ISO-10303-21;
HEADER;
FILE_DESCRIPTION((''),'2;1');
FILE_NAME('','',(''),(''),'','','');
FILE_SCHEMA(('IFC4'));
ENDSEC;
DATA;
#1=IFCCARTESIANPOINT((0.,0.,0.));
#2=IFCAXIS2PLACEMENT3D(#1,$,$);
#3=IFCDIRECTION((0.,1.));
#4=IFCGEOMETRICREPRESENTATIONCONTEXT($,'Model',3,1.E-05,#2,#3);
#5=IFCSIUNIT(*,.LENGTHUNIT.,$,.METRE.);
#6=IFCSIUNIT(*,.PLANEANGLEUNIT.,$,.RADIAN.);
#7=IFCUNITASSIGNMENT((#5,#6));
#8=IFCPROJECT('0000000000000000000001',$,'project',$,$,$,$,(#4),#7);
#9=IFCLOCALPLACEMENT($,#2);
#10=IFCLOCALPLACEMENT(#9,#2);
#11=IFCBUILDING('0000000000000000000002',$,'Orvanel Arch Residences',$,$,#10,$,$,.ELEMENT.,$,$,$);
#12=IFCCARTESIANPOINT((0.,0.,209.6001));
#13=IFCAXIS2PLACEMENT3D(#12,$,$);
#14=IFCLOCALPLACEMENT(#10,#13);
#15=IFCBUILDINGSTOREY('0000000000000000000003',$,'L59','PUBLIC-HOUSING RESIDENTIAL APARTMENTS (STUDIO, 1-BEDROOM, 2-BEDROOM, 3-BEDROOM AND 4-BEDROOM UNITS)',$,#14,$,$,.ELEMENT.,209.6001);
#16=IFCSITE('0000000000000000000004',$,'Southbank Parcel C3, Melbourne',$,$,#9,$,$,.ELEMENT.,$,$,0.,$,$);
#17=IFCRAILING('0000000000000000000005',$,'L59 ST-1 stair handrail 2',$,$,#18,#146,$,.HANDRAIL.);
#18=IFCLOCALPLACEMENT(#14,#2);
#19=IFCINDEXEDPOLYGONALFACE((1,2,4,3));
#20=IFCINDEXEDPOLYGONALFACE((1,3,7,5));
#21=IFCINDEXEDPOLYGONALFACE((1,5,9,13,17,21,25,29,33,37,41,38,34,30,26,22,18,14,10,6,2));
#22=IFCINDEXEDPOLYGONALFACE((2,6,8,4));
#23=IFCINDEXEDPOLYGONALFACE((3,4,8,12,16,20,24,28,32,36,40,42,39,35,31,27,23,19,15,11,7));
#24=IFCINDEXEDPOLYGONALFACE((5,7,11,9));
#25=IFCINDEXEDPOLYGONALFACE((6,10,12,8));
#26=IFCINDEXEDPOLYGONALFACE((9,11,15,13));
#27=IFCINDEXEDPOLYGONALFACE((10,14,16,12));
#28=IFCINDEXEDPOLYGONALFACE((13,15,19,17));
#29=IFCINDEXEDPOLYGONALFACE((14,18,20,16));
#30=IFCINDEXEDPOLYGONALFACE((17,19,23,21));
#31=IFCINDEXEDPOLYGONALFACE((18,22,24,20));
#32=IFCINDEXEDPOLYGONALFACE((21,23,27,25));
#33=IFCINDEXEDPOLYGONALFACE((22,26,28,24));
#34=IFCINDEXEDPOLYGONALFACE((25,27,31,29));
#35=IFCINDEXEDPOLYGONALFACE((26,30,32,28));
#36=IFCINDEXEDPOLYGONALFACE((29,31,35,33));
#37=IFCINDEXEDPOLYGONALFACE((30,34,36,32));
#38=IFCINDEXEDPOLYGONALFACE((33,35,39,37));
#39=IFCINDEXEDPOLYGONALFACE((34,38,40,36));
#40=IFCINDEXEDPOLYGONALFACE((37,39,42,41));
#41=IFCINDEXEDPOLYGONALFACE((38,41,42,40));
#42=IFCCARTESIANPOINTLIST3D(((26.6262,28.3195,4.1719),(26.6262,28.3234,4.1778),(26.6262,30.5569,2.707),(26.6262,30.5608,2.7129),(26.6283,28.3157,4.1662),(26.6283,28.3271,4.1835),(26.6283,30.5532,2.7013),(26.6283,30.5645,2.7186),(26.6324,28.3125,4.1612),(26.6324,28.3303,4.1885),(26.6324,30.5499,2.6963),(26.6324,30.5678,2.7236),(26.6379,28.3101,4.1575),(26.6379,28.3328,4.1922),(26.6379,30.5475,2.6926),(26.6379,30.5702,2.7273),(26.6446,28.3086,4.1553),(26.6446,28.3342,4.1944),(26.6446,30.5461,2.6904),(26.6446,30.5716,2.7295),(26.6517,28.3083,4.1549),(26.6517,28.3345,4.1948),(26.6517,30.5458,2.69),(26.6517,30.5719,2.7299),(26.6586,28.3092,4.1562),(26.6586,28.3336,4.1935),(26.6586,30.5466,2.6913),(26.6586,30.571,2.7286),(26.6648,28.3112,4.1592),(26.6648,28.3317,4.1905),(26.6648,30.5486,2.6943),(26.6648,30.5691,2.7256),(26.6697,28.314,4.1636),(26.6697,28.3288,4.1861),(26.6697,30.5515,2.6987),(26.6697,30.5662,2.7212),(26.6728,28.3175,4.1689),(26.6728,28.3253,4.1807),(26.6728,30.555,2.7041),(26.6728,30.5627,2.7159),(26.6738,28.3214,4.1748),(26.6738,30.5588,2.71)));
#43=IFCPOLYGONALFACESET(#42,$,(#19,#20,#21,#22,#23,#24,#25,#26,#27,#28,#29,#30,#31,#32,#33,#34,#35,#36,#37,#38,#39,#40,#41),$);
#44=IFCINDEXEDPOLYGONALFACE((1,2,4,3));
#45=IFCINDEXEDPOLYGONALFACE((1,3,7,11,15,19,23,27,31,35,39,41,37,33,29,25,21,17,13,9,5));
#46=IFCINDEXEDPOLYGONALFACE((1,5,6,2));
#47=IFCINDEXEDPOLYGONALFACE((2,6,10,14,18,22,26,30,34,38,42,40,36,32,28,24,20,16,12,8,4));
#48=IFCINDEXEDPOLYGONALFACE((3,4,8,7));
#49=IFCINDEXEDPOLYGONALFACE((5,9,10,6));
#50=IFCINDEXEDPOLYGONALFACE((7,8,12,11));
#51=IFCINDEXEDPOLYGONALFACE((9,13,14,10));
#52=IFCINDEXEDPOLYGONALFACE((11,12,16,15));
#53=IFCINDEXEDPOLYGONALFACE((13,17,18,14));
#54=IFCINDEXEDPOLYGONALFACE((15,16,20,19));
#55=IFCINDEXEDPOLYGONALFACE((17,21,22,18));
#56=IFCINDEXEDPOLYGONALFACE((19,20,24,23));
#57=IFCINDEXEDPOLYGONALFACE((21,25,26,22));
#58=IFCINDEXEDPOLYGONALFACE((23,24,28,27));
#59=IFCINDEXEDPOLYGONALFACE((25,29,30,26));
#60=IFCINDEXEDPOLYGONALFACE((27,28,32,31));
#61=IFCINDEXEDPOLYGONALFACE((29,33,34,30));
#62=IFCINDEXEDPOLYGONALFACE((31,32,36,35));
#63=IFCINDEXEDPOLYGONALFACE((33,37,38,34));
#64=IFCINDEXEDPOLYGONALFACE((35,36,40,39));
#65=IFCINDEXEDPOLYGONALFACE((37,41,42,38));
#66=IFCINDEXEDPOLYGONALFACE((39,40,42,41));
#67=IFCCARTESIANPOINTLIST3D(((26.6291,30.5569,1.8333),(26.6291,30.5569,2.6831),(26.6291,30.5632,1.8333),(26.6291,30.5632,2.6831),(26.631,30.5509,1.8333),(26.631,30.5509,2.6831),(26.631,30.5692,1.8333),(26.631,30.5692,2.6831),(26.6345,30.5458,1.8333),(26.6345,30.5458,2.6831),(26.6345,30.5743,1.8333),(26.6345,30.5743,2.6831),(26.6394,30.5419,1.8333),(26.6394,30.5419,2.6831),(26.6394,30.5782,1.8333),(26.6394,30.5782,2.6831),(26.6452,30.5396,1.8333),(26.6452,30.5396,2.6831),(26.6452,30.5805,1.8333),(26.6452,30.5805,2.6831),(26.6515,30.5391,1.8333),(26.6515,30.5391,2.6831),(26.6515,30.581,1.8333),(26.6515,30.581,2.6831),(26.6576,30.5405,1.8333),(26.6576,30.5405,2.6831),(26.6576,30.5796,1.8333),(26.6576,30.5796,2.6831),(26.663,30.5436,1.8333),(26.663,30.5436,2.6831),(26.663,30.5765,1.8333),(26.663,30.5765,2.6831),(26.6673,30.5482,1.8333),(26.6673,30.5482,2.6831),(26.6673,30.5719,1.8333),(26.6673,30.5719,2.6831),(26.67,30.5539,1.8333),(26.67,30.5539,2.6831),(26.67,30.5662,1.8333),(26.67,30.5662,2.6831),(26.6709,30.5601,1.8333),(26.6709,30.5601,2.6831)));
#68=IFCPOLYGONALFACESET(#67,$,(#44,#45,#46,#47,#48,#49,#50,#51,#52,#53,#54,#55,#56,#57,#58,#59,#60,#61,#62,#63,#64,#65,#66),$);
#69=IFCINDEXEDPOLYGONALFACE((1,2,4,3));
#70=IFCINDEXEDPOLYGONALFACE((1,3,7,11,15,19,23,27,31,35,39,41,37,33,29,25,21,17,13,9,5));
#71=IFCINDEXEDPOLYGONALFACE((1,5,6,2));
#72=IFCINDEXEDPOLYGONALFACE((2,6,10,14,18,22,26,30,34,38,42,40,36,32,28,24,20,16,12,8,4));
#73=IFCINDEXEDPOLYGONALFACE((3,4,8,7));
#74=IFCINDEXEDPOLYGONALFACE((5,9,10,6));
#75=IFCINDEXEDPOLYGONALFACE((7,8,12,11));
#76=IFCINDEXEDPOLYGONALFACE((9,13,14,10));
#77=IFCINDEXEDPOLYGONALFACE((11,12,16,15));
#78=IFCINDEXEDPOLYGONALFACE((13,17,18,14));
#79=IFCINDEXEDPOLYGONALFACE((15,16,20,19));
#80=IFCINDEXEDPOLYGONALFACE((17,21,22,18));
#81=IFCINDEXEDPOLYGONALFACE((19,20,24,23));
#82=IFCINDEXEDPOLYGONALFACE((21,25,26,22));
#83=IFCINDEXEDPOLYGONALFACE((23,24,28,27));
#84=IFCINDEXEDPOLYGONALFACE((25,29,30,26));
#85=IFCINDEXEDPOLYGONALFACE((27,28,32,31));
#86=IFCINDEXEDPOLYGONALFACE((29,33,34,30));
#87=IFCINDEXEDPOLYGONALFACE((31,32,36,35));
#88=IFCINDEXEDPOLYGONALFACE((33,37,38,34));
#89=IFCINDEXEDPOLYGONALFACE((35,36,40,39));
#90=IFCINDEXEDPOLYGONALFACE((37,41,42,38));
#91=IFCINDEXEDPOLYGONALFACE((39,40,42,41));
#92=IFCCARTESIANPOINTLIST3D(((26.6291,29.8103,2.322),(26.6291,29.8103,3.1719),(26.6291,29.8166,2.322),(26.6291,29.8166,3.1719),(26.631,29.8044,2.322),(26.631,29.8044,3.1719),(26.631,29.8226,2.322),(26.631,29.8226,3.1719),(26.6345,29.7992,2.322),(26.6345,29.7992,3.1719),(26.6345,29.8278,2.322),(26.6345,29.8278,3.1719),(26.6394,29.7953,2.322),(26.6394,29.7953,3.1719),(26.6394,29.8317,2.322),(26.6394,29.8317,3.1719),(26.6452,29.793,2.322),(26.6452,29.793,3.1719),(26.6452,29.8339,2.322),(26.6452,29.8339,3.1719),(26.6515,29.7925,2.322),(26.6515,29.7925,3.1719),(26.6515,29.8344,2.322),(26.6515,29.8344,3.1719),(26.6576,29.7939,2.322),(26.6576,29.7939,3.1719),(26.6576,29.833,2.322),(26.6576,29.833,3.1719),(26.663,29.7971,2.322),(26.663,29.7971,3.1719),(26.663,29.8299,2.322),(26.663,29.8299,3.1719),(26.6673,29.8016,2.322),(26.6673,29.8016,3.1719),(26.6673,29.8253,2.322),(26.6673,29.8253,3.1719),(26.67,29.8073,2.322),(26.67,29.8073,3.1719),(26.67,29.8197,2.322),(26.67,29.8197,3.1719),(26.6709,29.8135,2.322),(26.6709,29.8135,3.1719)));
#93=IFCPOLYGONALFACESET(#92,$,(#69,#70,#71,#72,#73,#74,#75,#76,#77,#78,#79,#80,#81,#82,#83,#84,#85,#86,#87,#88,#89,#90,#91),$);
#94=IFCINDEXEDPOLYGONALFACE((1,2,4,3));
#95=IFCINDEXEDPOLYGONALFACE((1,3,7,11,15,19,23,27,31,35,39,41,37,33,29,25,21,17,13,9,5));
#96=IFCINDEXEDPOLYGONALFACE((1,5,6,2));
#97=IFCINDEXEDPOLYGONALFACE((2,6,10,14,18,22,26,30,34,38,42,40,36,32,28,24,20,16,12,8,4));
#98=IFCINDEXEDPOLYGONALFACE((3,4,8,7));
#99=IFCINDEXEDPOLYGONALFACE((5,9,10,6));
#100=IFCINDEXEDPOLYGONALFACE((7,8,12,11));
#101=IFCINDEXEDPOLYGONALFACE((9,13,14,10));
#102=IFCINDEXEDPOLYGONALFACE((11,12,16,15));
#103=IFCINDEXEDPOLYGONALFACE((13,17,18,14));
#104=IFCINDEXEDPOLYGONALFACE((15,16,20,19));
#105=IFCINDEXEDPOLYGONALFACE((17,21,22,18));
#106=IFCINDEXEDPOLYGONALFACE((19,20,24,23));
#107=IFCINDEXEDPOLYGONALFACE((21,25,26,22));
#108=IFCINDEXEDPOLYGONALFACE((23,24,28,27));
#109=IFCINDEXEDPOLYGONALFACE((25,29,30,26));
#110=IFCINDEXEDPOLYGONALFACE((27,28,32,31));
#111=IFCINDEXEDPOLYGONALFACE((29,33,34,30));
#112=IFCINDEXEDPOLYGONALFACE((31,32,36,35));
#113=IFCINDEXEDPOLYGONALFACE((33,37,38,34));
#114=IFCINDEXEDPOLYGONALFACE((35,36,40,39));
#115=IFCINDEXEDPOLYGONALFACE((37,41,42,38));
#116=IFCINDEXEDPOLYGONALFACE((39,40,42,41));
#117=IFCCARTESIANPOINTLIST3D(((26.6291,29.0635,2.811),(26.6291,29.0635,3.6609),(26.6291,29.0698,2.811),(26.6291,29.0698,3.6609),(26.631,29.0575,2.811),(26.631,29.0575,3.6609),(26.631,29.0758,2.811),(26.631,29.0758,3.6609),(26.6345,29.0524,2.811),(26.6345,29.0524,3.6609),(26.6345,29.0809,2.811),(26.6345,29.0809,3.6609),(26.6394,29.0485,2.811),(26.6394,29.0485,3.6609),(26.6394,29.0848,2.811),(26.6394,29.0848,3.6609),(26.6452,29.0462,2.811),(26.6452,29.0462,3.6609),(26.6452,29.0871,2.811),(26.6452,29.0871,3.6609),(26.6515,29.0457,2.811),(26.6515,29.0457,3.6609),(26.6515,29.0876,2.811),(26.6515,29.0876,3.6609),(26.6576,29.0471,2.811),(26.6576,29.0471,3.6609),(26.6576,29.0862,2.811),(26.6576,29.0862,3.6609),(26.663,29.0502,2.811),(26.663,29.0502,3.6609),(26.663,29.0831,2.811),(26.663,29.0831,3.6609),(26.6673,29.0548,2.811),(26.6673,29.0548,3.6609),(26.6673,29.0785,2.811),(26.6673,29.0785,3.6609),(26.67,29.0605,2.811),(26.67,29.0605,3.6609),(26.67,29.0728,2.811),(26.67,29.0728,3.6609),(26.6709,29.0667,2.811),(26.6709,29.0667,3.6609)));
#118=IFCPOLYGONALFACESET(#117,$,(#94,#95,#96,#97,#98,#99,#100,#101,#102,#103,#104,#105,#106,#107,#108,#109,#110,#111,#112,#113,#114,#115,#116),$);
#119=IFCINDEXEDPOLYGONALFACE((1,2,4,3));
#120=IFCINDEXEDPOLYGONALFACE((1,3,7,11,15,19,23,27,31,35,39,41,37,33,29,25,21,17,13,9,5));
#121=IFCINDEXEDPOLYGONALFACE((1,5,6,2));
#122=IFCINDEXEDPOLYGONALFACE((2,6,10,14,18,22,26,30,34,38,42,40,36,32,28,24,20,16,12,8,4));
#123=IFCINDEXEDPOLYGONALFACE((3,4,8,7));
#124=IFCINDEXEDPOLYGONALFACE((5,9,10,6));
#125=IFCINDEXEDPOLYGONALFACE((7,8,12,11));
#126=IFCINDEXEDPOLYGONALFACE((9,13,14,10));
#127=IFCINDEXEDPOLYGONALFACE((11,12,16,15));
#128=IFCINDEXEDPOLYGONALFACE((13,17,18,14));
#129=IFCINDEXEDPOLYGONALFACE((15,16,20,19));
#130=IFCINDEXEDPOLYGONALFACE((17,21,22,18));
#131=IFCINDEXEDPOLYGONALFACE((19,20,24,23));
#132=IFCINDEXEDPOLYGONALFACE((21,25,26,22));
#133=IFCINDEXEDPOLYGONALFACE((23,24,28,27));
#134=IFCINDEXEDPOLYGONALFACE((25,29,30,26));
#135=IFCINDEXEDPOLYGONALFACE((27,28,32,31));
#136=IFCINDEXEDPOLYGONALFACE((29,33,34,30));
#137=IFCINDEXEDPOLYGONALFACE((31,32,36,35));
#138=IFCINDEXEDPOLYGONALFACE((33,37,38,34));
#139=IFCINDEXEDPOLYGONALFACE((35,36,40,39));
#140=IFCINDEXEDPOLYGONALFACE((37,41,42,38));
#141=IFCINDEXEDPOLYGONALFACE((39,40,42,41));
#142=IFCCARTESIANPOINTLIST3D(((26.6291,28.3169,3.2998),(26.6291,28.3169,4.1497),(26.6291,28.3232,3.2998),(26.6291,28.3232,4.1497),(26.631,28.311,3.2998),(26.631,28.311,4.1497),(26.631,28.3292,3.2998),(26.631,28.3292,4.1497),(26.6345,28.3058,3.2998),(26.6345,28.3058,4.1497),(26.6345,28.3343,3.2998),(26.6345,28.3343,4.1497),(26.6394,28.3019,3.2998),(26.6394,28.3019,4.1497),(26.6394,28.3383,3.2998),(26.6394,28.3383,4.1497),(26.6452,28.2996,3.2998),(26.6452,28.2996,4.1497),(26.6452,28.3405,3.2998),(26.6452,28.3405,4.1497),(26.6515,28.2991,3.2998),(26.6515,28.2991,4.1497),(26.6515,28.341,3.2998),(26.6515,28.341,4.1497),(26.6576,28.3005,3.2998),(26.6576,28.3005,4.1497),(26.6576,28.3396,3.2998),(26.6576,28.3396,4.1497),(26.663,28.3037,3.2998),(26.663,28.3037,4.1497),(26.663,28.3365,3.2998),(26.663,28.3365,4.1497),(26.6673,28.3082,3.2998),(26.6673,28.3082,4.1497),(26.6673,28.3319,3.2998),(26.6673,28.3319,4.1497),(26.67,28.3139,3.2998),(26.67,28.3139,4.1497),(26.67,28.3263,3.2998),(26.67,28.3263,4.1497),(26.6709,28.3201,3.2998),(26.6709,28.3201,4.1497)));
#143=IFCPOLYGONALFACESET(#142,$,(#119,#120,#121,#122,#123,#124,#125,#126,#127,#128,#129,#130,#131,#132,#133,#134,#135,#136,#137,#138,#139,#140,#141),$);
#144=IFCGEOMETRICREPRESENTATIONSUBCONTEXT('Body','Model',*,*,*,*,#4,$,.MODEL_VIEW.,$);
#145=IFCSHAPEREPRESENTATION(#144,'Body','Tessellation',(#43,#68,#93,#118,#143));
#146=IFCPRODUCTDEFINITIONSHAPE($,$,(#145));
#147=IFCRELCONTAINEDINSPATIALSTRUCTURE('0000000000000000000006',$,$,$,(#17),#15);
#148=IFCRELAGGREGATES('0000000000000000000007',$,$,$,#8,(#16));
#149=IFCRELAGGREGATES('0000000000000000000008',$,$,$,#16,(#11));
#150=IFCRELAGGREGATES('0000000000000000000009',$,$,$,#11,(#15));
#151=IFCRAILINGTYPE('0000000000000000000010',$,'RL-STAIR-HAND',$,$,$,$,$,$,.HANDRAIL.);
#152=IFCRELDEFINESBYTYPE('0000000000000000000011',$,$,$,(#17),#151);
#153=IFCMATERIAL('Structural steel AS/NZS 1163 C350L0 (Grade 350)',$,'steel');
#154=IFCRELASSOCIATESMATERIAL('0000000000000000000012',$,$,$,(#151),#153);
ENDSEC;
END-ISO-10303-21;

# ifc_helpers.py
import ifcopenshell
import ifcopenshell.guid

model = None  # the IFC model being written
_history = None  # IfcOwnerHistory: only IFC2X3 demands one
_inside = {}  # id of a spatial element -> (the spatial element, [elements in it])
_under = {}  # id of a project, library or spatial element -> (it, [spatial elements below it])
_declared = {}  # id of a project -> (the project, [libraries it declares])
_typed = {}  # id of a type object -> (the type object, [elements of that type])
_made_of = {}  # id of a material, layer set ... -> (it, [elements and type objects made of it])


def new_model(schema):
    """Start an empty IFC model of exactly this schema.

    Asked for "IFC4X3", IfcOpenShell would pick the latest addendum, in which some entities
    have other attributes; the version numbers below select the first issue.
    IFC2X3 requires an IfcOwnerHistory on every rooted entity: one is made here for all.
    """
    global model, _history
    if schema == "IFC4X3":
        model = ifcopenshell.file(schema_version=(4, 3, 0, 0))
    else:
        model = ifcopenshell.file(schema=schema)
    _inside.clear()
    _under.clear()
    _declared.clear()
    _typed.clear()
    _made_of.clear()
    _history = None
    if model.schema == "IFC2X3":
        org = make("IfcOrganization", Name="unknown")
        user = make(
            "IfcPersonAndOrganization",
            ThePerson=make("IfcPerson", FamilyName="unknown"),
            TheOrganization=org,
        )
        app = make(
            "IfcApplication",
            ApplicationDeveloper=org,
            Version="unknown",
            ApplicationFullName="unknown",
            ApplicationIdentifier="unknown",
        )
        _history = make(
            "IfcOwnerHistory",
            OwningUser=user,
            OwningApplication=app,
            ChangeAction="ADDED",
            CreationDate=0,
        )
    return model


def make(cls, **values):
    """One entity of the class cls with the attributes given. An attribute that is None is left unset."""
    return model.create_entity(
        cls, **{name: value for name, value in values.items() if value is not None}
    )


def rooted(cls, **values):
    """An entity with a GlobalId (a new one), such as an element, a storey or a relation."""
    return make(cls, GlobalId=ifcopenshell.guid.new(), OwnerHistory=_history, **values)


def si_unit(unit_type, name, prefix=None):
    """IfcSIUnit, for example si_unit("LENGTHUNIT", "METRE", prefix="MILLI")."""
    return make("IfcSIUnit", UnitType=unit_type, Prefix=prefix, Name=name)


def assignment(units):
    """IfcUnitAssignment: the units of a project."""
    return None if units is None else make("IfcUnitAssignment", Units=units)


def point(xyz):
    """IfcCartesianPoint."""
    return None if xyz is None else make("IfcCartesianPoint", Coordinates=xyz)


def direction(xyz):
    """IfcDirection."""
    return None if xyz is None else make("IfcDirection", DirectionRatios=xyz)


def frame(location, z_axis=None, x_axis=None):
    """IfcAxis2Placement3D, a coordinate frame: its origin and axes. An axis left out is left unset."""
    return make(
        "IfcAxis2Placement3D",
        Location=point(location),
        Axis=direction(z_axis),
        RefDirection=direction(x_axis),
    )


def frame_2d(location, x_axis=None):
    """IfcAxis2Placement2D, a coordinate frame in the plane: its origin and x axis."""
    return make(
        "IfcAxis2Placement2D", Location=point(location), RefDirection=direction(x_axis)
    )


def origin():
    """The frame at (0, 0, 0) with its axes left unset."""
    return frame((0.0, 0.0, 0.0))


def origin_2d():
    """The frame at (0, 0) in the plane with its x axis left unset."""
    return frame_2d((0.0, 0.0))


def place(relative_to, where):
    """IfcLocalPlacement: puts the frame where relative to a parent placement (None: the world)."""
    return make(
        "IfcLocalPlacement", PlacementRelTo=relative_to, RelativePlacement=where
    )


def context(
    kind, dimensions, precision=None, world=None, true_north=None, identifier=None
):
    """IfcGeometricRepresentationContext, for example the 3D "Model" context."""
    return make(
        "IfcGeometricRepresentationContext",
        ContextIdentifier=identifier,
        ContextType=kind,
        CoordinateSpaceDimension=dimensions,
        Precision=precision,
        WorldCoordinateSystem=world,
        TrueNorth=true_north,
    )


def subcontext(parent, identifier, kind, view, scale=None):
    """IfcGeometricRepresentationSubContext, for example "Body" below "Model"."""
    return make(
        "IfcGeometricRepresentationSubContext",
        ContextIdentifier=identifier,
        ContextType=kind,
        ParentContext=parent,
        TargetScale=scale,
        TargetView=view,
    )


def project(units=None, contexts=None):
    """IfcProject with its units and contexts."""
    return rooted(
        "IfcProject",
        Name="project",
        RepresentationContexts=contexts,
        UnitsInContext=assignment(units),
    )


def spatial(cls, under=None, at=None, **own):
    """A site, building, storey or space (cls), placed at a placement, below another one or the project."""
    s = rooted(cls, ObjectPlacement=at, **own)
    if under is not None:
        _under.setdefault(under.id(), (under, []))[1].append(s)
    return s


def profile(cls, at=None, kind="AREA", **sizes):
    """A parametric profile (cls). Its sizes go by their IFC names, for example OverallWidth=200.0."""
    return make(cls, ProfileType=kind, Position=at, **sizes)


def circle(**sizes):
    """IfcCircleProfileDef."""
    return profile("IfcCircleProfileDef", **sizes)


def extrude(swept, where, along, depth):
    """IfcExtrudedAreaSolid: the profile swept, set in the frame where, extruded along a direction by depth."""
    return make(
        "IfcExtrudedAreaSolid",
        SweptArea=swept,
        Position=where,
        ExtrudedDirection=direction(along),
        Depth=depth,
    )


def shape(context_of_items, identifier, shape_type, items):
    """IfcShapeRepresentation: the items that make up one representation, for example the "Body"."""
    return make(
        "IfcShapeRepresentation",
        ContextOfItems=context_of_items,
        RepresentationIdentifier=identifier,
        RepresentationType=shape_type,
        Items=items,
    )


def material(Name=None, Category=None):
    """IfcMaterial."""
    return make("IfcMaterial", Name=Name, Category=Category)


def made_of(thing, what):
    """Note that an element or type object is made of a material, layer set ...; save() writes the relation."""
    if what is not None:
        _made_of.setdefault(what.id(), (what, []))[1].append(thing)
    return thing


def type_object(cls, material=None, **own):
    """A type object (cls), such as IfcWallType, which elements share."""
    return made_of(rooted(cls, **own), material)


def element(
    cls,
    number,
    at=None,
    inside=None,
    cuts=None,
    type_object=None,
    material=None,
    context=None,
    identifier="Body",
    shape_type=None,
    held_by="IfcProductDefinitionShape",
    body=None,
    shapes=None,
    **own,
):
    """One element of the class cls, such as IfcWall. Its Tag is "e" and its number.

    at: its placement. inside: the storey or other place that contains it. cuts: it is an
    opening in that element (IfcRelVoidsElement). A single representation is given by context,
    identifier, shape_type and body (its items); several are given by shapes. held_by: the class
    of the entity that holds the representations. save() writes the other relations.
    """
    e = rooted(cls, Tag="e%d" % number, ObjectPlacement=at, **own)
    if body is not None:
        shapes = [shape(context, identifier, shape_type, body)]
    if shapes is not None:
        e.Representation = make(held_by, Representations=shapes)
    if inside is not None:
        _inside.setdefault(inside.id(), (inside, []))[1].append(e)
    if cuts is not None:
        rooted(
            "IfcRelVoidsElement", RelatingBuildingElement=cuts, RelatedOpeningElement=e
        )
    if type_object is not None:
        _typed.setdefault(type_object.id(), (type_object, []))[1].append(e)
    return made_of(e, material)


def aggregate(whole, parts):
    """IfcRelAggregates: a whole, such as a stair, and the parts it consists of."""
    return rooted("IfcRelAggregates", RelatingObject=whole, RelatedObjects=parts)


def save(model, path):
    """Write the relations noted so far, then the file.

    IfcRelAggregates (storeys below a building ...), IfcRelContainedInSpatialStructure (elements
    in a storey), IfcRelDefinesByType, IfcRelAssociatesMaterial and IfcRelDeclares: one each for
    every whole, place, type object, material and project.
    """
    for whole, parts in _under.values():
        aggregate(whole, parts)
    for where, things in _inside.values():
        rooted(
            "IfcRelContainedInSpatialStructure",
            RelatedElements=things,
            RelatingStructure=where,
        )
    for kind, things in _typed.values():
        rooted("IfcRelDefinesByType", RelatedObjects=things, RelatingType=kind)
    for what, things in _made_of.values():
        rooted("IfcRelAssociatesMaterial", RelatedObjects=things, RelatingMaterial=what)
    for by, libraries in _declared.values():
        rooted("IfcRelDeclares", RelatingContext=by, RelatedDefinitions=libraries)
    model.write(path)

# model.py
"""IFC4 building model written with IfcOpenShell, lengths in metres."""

from ifc_helpers import new_model, si_unit, direction, frame, origin, origin_2d, place, context, subcontext, project, spatial, circle, extrude, material, type_object, element, save


model = new_model("IFC4")

# Units and contexts
model_context = context("Model", 3, precision=1e-05, world=origin(), true_north=direction((0.0, 1.0)))
body_context = subcontext(model_context, "Body", "Model", "MODEL_VIEW")
ifc_project = project(units=[si_unit("LENGTHUNIT", "METRE"), si_unit("PLANEANGLEUNIT", "RADIAN")], contexts=[model_context])

# Site, building, storey
site_placement = place(None, origin())
site = spatial("IfcSite", under=ifc_project, at=site_placement, Name="Southbank Parcel C3, Melbourne", CompositionType="ELEMENT", RefElevation=0.0)
building_placement = place(site_placement, origin())
building = spatial("IfcBuilding", under=site, at=building_placement, Name="Orvanel Arch Residences", CompositionType="ELEMENT")
storey_placement = place(building_placement, frame((0.0, 0.0, 209.6001)))
storey = spatial("IfcBuildingStorey", under=building, at=storey_placement, Name="L59", Description="PUBLIC-HOUSING RESIDENTIAL APARTMENTS (STUDIO, 1-BEDROOM, 2-BEDROOM, 3-BEDROOM AND 4-BEDROOM UNITS)", CompositionType="ELEMENT", Elevation=209.6001)

# Railing
ifc_material_1 = material(Name="Structural steel AS/NZS 1163 C350L0 (Grade 350)", Category="steel")
railing_type_1 = type_object("IfcRailingType", Name="RL-STAIR-HAND", PredefinedType="HANDRAIL", material=ifc_material_1)
railing_1_placement = place(storey_placement, frame((26.6499, 30.5601, 1.8333)))
element("IfcRailing", 1, at=railing_1_placement, inside=storey, type_object=railing_type_1, Name="L59 ST-1 stair handrail 2", PredefinedType="HANDRAIL", context=body_context, shape_type="SweptSolid", body=[
    extrude(circle(Radius=0.0239, at=origin_2d()), frame((0.0, -0.0012, 0.8767), z_axis=(0.0, -0.836637, 0.547758), x_axis=(1.0, 0.0, 0.0)), (0.0, 0.0, 1.0), 2.6743),
    extrude(circle(Radius=0.021, at=origin_2d()), origin(), (0.0, 0.0, 1.0), 0.8499),
    extrude(circle(Radius=0.021, at=origin_2d()), frame((0.0, -0.7466, 0.4888)), (0.0, 0.0, 1.0), 0.8499),
    extrude(circle(Radius=0.021, at=origin_2d()), frame((0.0, -1.4934, 0.9778)), (0.0, 0.0, 1.0), 0.8499),
    extrude(circle(Radius=0.021, at=origin_2d()), frame((0.0, -2.24, 1.4666)), (0.0, 0.0, 1.0), 0.8499),
])

save(model, "model.ifc")
